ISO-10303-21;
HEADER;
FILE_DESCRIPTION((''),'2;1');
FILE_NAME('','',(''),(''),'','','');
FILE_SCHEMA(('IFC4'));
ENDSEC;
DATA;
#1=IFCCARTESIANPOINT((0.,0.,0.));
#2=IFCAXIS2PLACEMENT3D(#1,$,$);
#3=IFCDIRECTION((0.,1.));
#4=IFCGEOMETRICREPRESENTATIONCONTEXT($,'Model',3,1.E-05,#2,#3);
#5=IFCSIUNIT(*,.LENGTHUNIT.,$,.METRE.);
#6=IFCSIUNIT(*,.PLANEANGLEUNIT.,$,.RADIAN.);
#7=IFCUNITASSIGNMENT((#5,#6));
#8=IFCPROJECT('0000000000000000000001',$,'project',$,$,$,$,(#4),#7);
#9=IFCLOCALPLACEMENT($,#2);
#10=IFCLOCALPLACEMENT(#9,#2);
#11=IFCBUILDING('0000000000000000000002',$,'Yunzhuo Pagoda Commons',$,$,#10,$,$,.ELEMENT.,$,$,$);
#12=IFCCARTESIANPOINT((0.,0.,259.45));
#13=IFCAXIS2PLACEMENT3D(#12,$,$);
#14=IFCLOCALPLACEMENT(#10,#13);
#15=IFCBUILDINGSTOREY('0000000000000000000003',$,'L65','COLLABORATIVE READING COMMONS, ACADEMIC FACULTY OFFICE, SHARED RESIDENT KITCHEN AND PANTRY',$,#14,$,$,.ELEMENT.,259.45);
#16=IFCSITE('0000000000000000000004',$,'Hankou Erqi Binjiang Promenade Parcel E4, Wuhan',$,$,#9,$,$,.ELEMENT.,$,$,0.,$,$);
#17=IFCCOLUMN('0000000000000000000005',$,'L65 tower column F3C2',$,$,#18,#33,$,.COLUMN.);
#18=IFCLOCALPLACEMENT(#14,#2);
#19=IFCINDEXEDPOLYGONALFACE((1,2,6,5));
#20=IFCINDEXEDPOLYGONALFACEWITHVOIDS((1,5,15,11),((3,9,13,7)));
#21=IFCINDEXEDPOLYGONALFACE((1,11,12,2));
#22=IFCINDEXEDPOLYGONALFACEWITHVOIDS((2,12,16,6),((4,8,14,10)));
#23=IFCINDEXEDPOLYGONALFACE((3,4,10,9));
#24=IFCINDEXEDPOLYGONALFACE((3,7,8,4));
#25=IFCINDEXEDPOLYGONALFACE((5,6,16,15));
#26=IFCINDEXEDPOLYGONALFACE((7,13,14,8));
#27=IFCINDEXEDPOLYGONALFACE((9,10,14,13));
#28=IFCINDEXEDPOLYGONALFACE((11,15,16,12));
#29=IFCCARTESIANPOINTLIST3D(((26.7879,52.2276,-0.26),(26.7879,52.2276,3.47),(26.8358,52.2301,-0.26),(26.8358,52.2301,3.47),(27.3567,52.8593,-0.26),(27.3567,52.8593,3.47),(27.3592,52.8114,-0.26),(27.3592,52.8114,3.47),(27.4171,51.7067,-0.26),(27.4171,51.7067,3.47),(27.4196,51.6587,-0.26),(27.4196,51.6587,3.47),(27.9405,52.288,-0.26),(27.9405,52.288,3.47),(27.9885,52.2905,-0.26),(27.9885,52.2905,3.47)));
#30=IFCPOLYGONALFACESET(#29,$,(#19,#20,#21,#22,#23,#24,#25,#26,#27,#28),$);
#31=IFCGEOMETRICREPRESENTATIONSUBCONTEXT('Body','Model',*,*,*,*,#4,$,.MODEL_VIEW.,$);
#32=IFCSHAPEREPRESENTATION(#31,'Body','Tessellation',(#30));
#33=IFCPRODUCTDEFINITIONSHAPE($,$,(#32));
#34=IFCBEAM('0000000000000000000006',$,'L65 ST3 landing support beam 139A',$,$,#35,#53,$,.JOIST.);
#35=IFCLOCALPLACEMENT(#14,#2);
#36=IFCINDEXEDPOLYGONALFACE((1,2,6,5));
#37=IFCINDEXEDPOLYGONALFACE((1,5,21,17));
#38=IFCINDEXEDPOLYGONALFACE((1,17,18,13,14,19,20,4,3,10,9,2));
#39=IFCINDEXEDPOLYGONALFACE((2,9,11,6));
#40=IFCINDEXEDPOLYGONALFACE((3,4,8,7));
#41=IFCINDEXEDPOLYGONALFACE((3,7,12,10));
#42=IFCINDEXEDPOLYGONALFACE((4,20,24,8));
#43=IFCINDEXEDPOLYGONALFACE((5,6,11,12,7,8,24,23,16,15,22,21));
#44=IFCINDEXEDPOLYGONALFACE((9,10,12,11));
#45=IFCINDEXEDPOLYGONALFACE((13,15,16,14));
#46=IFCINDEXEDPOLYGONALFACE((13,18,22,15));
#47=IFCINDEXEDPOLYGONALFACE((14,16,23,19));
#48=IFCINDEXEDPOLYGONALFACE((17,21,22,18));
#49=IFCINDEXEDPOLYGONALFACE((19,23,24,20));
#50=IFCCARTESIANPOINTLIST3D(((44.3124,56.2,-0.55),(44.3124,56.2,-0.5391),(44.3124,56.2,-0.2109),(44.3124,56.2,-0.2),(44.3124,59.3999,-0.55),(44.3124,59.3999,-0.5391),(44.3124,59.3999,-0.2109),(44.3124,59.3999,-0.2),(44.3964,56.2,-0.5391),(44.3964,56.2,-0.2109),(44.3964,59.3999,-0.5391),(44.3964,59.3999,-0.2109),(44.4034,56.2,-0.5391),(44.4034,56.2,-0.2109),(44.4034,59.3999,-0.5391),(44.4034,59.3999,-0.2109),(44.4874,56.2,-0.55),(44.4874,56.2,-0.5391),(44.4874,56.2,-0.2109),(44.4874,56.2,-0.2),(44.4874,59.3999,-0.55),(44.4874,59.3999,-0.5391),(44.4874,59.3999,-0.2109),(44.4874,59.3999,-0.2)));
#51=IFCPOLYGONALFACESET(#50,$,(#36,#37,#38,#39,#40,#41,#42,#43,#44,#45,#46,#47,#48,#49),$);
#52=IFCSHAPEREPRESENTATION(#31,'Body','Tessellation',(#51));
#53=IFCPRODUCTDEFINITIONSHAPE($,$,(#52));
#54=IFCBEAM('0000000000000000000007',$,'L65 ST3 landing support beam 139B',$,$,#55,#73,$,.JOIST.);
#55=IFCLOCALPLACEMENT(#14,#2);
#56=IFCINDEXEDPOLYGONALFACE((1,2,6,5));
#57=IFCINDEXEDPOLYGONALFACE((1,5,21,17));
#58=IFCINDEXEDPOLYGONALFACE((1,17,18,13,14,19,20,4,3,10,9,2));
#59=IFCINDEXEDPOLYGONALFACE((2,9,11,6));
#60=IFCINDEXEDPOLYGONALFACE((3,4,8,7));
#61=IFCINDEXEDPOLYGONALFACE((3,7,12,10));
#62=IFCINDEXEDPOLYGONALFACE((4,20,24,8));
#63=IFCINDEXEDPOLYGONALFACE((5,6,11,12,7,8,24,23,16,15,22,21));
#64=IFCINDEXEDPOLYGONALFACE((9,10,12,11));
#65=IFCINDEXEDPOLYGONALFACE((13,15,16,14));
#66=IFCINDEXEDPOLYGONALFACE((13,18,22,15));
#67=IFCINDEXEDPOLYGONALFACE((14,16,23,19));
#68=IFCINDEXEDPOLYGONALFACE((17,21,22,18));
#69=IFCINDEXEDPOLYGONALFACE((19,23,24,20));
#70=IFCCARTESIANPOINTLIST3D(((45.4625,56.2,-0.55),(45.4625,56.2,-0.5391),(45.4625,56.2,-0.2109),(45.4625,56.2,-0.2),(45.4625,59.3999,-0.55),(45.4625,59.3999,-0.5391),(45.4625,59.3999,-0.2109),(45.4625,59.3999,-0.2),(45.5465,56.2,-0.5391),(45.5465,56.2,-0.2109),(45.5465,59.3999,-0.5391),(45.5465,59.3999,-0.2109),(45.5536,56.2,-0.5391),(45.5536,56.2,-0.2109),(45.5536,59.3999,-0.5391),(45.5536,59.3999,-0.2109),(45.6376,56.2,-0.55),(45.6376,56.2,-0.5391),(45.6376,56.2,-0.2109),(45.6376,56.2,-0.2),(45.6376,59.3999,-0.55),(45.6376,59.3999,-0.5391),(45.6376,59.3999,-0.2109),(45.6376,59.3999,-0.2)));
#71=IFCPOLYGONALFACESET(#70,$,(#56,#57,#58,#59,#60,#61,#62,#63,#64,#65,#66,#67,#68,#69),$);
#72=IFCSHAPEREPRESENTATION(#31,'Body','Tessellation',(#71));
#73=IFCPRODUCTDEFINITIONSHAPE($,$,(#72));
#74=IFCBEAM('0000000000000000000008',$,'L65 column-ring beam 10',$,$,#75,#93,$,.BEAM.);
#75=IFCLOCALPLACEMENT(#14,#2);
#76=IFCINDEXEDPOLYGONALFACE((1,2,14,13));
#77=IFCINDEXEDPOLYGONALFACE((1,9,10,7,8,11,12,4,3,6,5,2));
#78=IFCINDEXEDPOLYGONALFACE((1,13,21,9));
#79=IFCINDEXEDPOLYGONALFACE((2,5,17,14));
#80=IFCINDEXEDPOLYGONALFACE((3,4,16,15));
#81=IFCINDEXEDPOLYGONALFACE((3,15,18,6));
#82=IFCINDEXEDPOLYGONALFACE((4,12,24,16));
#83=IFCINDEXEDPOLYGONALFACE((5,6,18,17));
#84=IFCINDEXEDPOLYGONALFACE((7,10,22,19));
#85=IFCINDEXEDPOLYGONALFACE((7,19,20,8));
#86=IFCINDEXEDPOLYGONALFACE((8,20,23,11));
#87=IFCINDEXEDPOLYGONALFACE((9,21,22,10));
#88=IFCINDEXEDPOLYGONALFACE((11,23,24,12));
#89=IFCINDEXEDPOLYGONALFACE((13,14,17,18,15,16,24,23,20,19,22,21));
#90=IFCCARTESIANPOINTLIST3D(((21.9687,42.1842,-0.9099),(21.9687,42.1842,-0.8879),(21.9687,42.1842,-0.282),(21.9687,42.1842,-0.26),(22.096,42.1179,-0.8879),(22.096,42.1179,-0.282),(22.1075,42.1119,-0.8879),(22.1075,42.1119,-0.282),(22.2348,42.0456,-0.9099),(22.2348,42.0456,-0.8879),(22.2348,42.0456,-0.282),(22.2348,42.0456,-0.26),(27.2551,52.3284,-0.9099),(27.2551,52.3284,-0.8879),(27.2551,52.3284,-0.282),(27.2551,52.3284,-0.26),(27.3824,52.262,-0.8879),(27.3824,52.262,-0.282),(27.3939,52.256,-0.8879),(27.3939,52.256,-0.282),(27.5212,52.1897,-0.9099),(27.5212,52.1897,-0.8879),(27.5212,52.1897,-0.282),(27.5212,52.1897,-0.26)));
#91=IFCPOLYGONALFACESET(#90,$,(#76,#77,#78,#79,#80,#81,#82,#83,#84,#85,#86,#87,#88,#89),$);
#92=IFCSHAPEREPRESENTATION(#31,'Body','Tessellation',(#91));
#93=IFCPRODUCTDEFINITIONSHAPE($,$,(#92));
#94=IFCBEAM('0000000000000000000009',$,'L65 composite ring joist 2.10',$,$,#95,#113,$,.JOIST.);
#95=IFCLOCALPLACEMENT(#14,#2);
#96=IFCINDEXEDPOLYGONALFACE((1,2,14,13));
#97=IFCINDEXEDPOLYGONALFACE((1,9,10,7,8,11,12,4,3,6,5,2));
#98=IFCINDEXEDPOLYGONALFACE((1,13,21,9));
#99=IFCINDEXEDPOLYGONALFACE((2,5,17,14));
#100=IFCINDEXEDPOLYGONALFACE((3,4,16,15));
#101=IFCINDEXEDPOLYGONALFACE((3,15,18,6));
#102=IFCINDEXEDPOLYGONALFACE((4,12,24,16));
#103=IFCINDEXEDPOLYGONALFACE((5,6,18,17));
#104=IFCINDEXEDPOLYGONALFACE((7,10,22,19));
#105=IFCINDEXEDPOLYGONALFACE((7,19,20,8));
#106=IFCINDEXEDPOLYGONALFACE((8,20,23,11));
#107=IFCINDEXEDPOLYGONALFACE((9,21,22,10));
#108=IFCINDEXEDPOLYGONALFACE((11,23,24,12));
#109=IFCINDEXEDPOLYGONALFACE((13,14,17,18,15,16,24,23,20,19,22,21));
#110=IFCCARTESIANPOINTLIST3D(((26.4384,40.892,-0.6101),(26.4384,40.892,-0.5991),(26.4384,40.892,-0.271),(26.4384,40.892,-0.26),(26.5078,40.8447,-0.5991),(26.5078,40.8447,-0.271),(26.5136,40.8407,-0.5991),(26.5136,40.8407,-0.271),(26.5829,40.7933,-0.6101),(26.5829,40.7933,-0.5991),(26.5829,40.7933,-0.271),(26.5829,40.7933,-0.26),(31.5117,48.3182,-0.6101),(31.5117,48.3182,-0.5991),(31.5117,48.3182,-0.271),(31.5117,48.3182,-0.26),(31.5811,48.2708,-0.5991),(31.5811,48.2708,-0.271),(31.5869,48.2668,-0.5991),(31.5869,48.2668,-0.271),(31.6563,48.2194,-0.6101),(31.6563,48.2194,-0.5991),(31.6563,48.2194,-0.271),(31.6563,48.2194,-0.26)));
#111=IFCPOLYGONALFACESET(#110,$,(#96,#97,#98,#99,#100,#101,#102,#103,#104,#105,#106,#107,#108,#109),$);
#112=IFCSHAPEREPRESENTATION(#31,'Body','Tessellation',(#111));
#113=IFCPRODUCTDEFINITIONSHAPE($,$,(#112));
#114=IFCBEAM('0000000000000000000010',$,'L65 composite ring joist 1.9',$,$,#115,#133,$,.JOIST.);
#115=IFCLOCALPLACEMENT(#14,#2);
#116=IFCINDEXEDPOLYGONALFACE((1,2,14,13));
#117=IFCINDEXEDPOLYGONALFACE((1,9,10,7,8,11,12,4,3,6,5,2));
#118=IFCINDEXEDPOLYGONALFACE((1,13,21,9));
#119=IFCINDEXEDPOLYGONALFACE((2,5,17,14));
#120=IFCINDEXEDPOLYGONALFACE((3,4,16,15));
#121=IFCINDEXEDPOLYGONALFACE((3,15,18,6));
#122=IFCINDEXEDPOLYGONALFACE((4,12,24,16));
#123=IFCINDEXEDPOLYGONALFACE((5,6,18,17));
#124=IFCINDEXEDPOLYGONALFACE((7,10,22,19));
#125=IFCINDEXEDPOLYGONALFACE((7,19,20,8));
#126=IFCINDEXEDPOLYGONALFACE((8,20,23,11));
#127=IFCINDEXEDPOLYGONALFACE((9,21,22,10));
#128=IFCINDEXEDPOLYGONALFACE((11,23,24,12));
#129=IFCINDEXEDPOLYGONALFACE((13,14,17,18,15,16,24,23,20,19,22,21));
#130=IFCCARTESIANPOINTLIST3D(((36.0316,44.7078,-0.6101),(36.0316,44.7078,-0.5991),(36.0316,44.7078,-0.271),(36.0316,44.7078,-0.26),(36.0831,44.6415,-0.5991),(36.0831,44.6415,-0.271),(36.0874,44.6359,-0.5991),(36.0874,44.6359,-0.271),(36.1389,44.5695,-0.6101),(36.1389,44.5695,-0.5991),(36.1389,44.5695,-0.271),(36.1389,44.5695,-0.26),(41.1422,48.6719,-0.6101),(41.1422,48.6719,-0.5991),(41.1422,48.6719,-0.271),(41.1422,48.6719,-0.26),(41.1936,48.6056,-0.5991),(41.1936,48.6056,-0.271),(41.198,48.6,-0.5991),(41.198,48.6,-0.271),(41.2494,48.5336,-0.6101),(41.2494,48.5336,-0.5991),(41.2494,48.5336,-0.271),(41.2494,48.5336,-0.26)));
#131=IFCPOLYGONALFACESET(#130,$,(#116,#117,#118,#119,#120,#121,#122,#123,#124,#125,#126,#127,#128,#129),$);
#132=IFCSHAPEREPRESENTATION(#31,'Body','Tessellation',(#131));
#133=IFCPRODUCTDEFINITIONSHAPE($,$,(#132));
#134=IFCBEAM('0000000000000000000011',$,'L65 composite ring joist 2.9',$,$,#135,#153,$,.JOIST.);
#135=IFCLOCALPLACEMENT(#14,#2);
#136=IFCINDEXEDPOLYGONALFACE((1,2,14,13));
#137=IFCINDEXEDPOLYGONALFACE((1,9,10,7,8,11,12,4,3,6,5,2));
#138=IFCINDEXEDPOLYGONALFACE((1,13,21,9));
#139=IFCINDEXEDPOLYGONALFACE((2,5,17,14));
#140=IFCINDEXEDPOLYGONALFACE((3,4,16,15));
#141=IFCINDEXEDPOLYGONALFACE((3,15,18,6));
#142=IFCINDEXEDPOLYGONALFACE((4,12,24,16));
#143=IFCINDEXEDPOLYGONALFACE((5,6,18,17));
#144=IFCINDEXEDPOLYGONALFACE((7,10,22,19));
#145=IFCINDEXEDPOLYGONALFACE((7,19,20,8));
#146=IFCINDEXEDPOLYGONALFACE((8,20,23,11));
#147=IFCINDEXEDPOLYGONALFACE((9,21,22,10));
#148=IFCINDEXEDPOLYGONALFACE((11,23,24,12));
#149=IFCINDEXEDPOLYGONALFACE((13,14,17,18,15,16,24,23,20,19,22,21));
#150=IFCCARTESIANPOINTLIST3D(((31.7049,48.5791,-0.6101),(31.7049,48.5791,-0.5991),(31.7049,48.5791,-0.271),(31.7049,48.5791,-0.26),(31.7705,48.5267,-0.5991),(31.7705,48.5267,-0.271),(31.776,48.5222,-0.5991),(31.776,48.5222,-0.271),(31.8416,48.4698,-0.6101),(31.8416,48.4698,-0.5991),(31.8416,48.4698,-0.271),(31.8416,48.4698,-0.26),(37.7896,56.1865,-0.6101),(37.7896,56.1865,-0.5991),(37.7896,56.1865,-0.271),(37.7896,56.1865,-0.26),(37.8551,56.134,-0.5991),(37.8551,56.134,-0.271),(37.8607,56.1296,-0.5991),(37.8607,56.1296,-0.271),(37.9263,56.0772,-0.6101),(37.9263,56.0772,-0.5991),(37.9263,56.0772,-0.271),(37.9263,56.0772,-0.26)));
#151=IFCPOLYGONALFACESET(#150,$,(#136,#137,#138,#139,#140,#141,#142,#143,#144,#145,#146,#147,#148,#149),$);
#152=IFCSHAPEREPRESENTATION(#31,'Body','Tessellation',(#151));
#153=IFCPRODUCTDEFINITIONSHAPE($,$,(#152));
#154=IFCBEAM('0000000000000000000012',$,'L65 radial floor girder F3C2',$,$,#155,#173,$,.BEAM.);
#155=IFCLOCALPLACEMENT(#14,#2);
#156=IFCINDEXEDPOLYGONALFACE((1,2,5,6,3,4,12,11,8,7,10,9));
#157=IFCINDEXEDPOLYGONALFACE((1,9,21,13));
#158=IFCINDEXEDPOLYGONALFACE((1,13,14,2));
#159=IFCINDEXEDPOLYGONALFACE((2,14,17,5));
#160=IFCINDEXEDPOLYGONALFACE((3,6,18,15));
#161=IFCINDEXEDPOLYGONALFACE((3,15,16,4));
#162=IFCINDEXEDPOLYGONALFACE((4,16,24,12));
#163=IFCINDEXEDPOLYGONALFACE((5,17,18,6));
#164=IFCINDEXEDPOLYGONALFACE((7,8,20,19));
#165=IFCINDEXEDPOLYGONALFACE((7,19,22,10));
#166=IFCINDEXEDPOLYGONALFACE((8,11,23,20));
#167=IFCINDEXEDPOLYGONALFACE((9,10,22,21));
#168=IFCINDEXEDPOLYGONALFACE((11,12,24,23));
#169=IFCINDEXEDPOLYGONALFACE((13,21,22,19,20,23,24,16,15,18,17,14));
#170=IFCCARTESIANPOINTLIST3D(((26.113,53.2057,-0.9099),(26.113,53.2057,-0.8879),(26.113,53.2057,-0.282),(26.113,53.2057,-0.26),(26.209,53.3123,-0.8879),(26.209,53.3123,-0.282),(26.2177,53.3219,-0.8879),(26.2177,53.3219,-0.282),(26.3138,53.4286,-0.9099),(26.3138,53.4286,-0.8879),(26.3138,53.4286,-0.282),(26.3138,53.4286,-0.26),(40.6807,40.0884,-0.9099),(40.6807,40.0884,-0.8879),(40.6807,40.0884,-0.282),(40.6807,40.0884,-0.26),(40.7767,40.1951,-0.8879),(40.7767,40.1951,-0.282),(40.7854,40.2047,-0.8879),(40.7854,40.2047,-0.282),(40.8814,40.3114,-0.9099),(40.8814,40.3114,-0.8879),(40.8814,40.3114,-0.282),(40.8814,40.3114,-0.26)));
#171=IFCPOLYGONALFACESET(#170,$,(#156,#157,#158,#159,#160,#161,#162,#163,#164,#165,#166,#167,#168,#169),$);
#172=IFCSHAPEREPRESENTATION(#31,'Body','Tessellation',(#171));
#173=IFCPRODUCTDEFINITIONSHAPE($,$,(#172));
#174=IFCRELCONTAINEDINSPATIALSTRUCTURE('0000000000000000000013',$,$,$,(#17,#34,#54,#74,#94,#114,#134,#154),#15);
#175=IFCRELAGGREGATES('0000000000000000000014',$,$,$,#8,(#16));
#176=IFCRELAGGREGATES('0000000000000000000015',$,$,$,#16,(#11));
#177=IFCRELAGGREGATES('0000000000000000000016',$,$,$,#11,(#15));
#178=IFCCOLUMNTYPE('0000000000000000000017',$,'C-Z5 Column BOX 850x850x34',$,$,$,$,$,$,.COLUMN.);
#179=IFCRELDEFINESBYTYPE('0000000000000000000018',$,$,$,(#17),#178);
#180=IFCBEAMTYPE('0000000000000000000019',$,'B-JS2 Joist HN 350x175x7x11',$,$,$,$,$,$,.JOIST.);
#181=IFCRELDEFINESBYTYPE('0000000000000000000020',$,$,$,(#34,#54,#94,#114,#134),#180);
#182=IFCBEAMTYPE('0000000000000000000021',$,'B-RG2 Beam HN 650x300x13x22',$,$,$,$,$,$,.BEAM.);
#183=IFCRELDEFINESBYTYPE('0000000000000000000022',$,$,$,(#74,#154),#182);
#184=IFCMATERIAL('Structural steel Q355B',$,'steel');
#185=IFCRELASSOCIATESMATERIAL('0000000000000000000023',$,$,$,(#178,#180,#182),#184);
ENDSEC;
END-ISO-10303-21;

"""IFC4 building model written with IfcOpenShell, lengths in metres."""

from ifc_helpers import new_model, si_unit, direction, frame, origin, origin_2d, place, context, subcontext, project, spatial, hollow_rectangle, i_section, extrude, source, transform, mapped, material, material_profile, profile_set, type_object, element, save


model = new_model("IFC4")

# Units and contexts
model_context = context("Model", 3, precision=1e-05, world=origin(), true_north=direction((0.0, 1.0)))
body_context = subcontext(model_context, "Body", "Model", "MODEL_VIEW")
ifc_project = project(units=[si_unit("LENGTHUNIT", "METRE"), si_unit("PLANEANGLEUNIT", "RADIAN")], contexts=[model_context])

# Site, building, storey
site_placement = place(None, origin())
site = spatial("IfcSite", under=ifc_project, at=site_placement, Name="Hankou Erqi Binjiang Promenade Parcel E4, Wuhan", CompositionType="ELEMENT", RefElevation=0.0)
building_placement = place(site_placement, origin())
building = spatial("IfcBuilding", under=site, at=building_placement, Name="Yunzhuo Pagoda Commons", CompositionType="ELEMENT")
storey_placement = place(building_placement, frame((0.0, 0.0, 259.45)))
storey = spatial("IfcBuildingStorey", under=building, at=storey_placement, Name="L65", Description="COLLABORATIVE READING COMMONS, ACADEMIC FACULTY OFFICE, SHARED RESIDENT KITCHEN AND PANTRY", CompositionType="ELEMENT", Elevation=259.45)

# Column
ifc_material_1 = material(Name="Structural steel Q355B", Category="steel")
ifc_material_profile_1 = material_profile(ifc_material_1, hollow_rectangle(XDim=0.8501, YDim=0.8501, WallThickness=0.0339, at=origin_2d()), Name="Structural steel Q355B")
ifc_profile_set_1 = profile_set([ifc_material_profile_1], Name="Structural steel Q355B")
column_type = type_object("IfcColumnType", Name="C-Z5 Column BOX 850x850x34", PredefinedType="COLUMN", material=ifc_profile_set_1)
shared_shape_1 = source(origin(), body_context, "Body", "SweptSolid", [
    extrude(hollow_rectangle(XDim=0.8501, YDim=0.8501, WallThickness=0.0339, at=origin_2d()), origin(), (0.0, 0.0, 1.0), 3.73),
])
column_placement = place(storey_placement, frame((27.3882, 52.259, -0.26), z_axis=(0.0, 0.0, 1.0), x_axis=(-0.669131, -0.743145, 0.0)))
element("IfcColumn", 1, at=column_placement, inside=storey, type_object=column_type, Name="L65 tower column F3C2", PredefinedType="COLUMN", context=body_context, shape_type="MappedRepresentation", body=[
    mapped(shared_shape_1, transform((0.0, 0.0, 0.0), scale=1.0)),
])

# Beams
ifc_material_profile_2 = material_profile(ifc_material_1, i_section(OverallWidth=0.175, OverallDepth=0.3501, WebThickness=0.0071, FlangeThickness=0.011, at=origin_2d()), Name="Structural steel Q355B")
ifc_profile_set_2 = profile_set([ifc_material_profile_2], Name="Structural steel Q355B")
beam_type_1 = type_object("IfcBeamType", Name="B-JS2 Joist HN 350x175x7x11", PredefinedType="JOIST", material=ifc_profile_set_2)
shared_shape_2 = source(origin(), body_context, "Body", "SweptSolid", [
    extrude(i_section(OverallWidth=0.175, OverallDepth=0.3501, WebThickness=0.0071, FlangeThickness=0.011, at=origin_2d()), origin(), (0.0, 0.0, 1.0), 3.2),
])
for number, where, z_axis, x_axis, name in (
    (2, (44.3999, 56.2, -0.375), (0.0, 1.0, 0.0), (-1.0, 0.0, 0.0), "L65 ST3 landing support beam 139A"),
    (3, (45.55, 56.2, -0.375), (0.0, 1.0, 0.0), (-1.0, 0.0, 0.0), "L65 ST3 landing support beam 139B"),
):
    element("IfcBeam", number, at=place(storey_placement, frame(where, z_axis=z_axis, x_axis=x_axis)), inside=storey, type_object=beam_type_1, Name=name, PredefinedType="JOIST", context=body_context, shape_type="MappedRepresentation", body=[
        mapped(shared_shape_2, transform((0.0, 0.0, 0.0), scale=1.0)),
    ])
ifc_material_profile_3 = material_profile(ifc_material_1, i_section(OverallWidth=0.3, OverallDepth=0.6499, WebThickness=0.0129, FlangeThickness=0.022, at=origin_2d()), Name="Structural steel Q355B")
ifc_profile_set_3 = profile_set([ifc_material_profile_3], Name="Structural steel Q355B")
beam_type_2 = type_object("IfcBeamType", Name="B-RG2 Beam HN 650x300x13x22", PredefinedType="BEAM", material=ifc_profile_set_3)
shared_shape_3 = source(origin(), body_context, "Body", "SweptSolid", [
    extrude(i_section(OverallWidth=0.3, OverallDepth=0.6499, WebThickness=0.0129, FlangeThickness=0.022, at=origin_2d()), origin(), (0.0, 0.0, 1.0), 11.439),
])
beam_1_placement = place(storey_placement, frame((27.3882, 52.259, -0.585), z_axis=(-0.462142, -0.886806, 0.0), x_axis=(0.886806, -0.462142, 0.0)))
element("IfcBeam", 4, at=beam_1_placement, inside=storey, type_object=beam_type_2, Name="L65 column-ring beam 10", PredefinedType="BEAM", context=body_context, shape_type="MappedRepresentation", body=[
    mapped(shared_shape_3, transform((0.0, 0.0, 0.0), scale=1.0)),
])
shared_shape_4 = source(origin(), body_context, "Body", "SweptSolid", [
    extrude(i_section(OverallWidth=0.175, OverallDepth=0.3501, WebThickness=0.0071, FlangeThickness=0.011, at=origin_2d()), origin(), (0.0, 0.0, 1.0), 8.9937),
])
beam_2_placement = place(storey_placement, frame((31.584, 48.2688, -0.4351), z_axis=(-0.564099, -0.825707, 0.0), x_axis=(0.825707, -0.564099, 0.0)))
element("IfcBeam", 5, at=beam_2_placement, inside=storey, type_object=beam_type_1, Name="L65 composite ring joist 2.10", PredefinedType="JOIST", context=body_context, shape_type="MappedRepresentation", body=[
    mapped(shared_shape_4, transform((0.0, 0.0, 0.0), scale=1.0)),
])
shared_shape_5 = source(origin(), body_context, "Body", "SweptSolid", [
    extrude(i_section(OverallWidth=0.175, OverallDepth=0.3501, WebThickness=0.0071, FlangeThickness=0.011, at=origin_2d()), origin(), (0.0, 0.0, 1.0), 6.4678),
])
beam_3_placement = place(storey_placement, frame((41.1958, 48.6028, -0.4351), z_axis=(-0.79016, -0.6129, 0.0), x_axis=(0.6129, -0.79016, 0.0)))
element("IfcBeam", 6, at=beam_3_placement, inside=storey, type_object=beam_type_1, Name="L65 composite ring joist 1.9", PredefinedType="JOIST", context=body_context, shape_type="MappedRepresentation", body=[
    mapped(shared_shape_5, transform((0.0, 0.0, 0.0), scale=1.0)),
])
shared_shape_6 = source(origin(), body_context, "Body", "SweptSolid", [
    extrude(i_section(OverallWidth=0.175, OverallDepth=0.3501, WebThickness=0.0071, FlangeThickness=0.011, at=origin_2d()), origin(), (0.0, 0.0, 1.0), 9.7415),
])
beam_4_placement = place(storey_placement, frame((37.8579, 56.1318, -0.4351), z_axis=(-0.624619, -0.78093, 0.0), x_axis=(0.78093, -0.624619, 0.0)))
element("IfcBeam", 7, at=beam_4_placement, inside=storey, type_object=beam_type_1, Name="L65 composite ring joist 2.9", PredefinedType="JOIST", context=body_context, shape_type="MappedRepresentation", body=[
    mapped(shared_shape_6, transform((0.0, 0.0, 0.0), scale=1.0)),
])
shared_shape_7 = source(origin(), body_context, "Body", "SweptSolid", [
    extrude(i_section(OverallWidth=0.3, OverallDepth=0.6499, WebThickness=0.0129, FlangeThickness=0.022, at=origin_2d()), origin(), (0.0, 0.0, 1.0), 19.603),
])
beam_5_placement = place(storey_placement, frame((26.2134, 53.3171, -0.585), z_axis=(0.743134, -0.669143, 0.0), x_axis=(0.669143, 0.743134, 0.0)))
element("IfcBeam", 8, at=beam_5_placement, inside=storey, type_object=beam_type_2, Name="L65 radial floor girder F3C2", PredefinedType="BEAM", context=body_context, shape_type="MappedRepresentation", body=[
    mapped(shared_shape_7, transform((0.0, 0.0, 0.0), scale=1.0)),
])

save(model, "model.ifc")
